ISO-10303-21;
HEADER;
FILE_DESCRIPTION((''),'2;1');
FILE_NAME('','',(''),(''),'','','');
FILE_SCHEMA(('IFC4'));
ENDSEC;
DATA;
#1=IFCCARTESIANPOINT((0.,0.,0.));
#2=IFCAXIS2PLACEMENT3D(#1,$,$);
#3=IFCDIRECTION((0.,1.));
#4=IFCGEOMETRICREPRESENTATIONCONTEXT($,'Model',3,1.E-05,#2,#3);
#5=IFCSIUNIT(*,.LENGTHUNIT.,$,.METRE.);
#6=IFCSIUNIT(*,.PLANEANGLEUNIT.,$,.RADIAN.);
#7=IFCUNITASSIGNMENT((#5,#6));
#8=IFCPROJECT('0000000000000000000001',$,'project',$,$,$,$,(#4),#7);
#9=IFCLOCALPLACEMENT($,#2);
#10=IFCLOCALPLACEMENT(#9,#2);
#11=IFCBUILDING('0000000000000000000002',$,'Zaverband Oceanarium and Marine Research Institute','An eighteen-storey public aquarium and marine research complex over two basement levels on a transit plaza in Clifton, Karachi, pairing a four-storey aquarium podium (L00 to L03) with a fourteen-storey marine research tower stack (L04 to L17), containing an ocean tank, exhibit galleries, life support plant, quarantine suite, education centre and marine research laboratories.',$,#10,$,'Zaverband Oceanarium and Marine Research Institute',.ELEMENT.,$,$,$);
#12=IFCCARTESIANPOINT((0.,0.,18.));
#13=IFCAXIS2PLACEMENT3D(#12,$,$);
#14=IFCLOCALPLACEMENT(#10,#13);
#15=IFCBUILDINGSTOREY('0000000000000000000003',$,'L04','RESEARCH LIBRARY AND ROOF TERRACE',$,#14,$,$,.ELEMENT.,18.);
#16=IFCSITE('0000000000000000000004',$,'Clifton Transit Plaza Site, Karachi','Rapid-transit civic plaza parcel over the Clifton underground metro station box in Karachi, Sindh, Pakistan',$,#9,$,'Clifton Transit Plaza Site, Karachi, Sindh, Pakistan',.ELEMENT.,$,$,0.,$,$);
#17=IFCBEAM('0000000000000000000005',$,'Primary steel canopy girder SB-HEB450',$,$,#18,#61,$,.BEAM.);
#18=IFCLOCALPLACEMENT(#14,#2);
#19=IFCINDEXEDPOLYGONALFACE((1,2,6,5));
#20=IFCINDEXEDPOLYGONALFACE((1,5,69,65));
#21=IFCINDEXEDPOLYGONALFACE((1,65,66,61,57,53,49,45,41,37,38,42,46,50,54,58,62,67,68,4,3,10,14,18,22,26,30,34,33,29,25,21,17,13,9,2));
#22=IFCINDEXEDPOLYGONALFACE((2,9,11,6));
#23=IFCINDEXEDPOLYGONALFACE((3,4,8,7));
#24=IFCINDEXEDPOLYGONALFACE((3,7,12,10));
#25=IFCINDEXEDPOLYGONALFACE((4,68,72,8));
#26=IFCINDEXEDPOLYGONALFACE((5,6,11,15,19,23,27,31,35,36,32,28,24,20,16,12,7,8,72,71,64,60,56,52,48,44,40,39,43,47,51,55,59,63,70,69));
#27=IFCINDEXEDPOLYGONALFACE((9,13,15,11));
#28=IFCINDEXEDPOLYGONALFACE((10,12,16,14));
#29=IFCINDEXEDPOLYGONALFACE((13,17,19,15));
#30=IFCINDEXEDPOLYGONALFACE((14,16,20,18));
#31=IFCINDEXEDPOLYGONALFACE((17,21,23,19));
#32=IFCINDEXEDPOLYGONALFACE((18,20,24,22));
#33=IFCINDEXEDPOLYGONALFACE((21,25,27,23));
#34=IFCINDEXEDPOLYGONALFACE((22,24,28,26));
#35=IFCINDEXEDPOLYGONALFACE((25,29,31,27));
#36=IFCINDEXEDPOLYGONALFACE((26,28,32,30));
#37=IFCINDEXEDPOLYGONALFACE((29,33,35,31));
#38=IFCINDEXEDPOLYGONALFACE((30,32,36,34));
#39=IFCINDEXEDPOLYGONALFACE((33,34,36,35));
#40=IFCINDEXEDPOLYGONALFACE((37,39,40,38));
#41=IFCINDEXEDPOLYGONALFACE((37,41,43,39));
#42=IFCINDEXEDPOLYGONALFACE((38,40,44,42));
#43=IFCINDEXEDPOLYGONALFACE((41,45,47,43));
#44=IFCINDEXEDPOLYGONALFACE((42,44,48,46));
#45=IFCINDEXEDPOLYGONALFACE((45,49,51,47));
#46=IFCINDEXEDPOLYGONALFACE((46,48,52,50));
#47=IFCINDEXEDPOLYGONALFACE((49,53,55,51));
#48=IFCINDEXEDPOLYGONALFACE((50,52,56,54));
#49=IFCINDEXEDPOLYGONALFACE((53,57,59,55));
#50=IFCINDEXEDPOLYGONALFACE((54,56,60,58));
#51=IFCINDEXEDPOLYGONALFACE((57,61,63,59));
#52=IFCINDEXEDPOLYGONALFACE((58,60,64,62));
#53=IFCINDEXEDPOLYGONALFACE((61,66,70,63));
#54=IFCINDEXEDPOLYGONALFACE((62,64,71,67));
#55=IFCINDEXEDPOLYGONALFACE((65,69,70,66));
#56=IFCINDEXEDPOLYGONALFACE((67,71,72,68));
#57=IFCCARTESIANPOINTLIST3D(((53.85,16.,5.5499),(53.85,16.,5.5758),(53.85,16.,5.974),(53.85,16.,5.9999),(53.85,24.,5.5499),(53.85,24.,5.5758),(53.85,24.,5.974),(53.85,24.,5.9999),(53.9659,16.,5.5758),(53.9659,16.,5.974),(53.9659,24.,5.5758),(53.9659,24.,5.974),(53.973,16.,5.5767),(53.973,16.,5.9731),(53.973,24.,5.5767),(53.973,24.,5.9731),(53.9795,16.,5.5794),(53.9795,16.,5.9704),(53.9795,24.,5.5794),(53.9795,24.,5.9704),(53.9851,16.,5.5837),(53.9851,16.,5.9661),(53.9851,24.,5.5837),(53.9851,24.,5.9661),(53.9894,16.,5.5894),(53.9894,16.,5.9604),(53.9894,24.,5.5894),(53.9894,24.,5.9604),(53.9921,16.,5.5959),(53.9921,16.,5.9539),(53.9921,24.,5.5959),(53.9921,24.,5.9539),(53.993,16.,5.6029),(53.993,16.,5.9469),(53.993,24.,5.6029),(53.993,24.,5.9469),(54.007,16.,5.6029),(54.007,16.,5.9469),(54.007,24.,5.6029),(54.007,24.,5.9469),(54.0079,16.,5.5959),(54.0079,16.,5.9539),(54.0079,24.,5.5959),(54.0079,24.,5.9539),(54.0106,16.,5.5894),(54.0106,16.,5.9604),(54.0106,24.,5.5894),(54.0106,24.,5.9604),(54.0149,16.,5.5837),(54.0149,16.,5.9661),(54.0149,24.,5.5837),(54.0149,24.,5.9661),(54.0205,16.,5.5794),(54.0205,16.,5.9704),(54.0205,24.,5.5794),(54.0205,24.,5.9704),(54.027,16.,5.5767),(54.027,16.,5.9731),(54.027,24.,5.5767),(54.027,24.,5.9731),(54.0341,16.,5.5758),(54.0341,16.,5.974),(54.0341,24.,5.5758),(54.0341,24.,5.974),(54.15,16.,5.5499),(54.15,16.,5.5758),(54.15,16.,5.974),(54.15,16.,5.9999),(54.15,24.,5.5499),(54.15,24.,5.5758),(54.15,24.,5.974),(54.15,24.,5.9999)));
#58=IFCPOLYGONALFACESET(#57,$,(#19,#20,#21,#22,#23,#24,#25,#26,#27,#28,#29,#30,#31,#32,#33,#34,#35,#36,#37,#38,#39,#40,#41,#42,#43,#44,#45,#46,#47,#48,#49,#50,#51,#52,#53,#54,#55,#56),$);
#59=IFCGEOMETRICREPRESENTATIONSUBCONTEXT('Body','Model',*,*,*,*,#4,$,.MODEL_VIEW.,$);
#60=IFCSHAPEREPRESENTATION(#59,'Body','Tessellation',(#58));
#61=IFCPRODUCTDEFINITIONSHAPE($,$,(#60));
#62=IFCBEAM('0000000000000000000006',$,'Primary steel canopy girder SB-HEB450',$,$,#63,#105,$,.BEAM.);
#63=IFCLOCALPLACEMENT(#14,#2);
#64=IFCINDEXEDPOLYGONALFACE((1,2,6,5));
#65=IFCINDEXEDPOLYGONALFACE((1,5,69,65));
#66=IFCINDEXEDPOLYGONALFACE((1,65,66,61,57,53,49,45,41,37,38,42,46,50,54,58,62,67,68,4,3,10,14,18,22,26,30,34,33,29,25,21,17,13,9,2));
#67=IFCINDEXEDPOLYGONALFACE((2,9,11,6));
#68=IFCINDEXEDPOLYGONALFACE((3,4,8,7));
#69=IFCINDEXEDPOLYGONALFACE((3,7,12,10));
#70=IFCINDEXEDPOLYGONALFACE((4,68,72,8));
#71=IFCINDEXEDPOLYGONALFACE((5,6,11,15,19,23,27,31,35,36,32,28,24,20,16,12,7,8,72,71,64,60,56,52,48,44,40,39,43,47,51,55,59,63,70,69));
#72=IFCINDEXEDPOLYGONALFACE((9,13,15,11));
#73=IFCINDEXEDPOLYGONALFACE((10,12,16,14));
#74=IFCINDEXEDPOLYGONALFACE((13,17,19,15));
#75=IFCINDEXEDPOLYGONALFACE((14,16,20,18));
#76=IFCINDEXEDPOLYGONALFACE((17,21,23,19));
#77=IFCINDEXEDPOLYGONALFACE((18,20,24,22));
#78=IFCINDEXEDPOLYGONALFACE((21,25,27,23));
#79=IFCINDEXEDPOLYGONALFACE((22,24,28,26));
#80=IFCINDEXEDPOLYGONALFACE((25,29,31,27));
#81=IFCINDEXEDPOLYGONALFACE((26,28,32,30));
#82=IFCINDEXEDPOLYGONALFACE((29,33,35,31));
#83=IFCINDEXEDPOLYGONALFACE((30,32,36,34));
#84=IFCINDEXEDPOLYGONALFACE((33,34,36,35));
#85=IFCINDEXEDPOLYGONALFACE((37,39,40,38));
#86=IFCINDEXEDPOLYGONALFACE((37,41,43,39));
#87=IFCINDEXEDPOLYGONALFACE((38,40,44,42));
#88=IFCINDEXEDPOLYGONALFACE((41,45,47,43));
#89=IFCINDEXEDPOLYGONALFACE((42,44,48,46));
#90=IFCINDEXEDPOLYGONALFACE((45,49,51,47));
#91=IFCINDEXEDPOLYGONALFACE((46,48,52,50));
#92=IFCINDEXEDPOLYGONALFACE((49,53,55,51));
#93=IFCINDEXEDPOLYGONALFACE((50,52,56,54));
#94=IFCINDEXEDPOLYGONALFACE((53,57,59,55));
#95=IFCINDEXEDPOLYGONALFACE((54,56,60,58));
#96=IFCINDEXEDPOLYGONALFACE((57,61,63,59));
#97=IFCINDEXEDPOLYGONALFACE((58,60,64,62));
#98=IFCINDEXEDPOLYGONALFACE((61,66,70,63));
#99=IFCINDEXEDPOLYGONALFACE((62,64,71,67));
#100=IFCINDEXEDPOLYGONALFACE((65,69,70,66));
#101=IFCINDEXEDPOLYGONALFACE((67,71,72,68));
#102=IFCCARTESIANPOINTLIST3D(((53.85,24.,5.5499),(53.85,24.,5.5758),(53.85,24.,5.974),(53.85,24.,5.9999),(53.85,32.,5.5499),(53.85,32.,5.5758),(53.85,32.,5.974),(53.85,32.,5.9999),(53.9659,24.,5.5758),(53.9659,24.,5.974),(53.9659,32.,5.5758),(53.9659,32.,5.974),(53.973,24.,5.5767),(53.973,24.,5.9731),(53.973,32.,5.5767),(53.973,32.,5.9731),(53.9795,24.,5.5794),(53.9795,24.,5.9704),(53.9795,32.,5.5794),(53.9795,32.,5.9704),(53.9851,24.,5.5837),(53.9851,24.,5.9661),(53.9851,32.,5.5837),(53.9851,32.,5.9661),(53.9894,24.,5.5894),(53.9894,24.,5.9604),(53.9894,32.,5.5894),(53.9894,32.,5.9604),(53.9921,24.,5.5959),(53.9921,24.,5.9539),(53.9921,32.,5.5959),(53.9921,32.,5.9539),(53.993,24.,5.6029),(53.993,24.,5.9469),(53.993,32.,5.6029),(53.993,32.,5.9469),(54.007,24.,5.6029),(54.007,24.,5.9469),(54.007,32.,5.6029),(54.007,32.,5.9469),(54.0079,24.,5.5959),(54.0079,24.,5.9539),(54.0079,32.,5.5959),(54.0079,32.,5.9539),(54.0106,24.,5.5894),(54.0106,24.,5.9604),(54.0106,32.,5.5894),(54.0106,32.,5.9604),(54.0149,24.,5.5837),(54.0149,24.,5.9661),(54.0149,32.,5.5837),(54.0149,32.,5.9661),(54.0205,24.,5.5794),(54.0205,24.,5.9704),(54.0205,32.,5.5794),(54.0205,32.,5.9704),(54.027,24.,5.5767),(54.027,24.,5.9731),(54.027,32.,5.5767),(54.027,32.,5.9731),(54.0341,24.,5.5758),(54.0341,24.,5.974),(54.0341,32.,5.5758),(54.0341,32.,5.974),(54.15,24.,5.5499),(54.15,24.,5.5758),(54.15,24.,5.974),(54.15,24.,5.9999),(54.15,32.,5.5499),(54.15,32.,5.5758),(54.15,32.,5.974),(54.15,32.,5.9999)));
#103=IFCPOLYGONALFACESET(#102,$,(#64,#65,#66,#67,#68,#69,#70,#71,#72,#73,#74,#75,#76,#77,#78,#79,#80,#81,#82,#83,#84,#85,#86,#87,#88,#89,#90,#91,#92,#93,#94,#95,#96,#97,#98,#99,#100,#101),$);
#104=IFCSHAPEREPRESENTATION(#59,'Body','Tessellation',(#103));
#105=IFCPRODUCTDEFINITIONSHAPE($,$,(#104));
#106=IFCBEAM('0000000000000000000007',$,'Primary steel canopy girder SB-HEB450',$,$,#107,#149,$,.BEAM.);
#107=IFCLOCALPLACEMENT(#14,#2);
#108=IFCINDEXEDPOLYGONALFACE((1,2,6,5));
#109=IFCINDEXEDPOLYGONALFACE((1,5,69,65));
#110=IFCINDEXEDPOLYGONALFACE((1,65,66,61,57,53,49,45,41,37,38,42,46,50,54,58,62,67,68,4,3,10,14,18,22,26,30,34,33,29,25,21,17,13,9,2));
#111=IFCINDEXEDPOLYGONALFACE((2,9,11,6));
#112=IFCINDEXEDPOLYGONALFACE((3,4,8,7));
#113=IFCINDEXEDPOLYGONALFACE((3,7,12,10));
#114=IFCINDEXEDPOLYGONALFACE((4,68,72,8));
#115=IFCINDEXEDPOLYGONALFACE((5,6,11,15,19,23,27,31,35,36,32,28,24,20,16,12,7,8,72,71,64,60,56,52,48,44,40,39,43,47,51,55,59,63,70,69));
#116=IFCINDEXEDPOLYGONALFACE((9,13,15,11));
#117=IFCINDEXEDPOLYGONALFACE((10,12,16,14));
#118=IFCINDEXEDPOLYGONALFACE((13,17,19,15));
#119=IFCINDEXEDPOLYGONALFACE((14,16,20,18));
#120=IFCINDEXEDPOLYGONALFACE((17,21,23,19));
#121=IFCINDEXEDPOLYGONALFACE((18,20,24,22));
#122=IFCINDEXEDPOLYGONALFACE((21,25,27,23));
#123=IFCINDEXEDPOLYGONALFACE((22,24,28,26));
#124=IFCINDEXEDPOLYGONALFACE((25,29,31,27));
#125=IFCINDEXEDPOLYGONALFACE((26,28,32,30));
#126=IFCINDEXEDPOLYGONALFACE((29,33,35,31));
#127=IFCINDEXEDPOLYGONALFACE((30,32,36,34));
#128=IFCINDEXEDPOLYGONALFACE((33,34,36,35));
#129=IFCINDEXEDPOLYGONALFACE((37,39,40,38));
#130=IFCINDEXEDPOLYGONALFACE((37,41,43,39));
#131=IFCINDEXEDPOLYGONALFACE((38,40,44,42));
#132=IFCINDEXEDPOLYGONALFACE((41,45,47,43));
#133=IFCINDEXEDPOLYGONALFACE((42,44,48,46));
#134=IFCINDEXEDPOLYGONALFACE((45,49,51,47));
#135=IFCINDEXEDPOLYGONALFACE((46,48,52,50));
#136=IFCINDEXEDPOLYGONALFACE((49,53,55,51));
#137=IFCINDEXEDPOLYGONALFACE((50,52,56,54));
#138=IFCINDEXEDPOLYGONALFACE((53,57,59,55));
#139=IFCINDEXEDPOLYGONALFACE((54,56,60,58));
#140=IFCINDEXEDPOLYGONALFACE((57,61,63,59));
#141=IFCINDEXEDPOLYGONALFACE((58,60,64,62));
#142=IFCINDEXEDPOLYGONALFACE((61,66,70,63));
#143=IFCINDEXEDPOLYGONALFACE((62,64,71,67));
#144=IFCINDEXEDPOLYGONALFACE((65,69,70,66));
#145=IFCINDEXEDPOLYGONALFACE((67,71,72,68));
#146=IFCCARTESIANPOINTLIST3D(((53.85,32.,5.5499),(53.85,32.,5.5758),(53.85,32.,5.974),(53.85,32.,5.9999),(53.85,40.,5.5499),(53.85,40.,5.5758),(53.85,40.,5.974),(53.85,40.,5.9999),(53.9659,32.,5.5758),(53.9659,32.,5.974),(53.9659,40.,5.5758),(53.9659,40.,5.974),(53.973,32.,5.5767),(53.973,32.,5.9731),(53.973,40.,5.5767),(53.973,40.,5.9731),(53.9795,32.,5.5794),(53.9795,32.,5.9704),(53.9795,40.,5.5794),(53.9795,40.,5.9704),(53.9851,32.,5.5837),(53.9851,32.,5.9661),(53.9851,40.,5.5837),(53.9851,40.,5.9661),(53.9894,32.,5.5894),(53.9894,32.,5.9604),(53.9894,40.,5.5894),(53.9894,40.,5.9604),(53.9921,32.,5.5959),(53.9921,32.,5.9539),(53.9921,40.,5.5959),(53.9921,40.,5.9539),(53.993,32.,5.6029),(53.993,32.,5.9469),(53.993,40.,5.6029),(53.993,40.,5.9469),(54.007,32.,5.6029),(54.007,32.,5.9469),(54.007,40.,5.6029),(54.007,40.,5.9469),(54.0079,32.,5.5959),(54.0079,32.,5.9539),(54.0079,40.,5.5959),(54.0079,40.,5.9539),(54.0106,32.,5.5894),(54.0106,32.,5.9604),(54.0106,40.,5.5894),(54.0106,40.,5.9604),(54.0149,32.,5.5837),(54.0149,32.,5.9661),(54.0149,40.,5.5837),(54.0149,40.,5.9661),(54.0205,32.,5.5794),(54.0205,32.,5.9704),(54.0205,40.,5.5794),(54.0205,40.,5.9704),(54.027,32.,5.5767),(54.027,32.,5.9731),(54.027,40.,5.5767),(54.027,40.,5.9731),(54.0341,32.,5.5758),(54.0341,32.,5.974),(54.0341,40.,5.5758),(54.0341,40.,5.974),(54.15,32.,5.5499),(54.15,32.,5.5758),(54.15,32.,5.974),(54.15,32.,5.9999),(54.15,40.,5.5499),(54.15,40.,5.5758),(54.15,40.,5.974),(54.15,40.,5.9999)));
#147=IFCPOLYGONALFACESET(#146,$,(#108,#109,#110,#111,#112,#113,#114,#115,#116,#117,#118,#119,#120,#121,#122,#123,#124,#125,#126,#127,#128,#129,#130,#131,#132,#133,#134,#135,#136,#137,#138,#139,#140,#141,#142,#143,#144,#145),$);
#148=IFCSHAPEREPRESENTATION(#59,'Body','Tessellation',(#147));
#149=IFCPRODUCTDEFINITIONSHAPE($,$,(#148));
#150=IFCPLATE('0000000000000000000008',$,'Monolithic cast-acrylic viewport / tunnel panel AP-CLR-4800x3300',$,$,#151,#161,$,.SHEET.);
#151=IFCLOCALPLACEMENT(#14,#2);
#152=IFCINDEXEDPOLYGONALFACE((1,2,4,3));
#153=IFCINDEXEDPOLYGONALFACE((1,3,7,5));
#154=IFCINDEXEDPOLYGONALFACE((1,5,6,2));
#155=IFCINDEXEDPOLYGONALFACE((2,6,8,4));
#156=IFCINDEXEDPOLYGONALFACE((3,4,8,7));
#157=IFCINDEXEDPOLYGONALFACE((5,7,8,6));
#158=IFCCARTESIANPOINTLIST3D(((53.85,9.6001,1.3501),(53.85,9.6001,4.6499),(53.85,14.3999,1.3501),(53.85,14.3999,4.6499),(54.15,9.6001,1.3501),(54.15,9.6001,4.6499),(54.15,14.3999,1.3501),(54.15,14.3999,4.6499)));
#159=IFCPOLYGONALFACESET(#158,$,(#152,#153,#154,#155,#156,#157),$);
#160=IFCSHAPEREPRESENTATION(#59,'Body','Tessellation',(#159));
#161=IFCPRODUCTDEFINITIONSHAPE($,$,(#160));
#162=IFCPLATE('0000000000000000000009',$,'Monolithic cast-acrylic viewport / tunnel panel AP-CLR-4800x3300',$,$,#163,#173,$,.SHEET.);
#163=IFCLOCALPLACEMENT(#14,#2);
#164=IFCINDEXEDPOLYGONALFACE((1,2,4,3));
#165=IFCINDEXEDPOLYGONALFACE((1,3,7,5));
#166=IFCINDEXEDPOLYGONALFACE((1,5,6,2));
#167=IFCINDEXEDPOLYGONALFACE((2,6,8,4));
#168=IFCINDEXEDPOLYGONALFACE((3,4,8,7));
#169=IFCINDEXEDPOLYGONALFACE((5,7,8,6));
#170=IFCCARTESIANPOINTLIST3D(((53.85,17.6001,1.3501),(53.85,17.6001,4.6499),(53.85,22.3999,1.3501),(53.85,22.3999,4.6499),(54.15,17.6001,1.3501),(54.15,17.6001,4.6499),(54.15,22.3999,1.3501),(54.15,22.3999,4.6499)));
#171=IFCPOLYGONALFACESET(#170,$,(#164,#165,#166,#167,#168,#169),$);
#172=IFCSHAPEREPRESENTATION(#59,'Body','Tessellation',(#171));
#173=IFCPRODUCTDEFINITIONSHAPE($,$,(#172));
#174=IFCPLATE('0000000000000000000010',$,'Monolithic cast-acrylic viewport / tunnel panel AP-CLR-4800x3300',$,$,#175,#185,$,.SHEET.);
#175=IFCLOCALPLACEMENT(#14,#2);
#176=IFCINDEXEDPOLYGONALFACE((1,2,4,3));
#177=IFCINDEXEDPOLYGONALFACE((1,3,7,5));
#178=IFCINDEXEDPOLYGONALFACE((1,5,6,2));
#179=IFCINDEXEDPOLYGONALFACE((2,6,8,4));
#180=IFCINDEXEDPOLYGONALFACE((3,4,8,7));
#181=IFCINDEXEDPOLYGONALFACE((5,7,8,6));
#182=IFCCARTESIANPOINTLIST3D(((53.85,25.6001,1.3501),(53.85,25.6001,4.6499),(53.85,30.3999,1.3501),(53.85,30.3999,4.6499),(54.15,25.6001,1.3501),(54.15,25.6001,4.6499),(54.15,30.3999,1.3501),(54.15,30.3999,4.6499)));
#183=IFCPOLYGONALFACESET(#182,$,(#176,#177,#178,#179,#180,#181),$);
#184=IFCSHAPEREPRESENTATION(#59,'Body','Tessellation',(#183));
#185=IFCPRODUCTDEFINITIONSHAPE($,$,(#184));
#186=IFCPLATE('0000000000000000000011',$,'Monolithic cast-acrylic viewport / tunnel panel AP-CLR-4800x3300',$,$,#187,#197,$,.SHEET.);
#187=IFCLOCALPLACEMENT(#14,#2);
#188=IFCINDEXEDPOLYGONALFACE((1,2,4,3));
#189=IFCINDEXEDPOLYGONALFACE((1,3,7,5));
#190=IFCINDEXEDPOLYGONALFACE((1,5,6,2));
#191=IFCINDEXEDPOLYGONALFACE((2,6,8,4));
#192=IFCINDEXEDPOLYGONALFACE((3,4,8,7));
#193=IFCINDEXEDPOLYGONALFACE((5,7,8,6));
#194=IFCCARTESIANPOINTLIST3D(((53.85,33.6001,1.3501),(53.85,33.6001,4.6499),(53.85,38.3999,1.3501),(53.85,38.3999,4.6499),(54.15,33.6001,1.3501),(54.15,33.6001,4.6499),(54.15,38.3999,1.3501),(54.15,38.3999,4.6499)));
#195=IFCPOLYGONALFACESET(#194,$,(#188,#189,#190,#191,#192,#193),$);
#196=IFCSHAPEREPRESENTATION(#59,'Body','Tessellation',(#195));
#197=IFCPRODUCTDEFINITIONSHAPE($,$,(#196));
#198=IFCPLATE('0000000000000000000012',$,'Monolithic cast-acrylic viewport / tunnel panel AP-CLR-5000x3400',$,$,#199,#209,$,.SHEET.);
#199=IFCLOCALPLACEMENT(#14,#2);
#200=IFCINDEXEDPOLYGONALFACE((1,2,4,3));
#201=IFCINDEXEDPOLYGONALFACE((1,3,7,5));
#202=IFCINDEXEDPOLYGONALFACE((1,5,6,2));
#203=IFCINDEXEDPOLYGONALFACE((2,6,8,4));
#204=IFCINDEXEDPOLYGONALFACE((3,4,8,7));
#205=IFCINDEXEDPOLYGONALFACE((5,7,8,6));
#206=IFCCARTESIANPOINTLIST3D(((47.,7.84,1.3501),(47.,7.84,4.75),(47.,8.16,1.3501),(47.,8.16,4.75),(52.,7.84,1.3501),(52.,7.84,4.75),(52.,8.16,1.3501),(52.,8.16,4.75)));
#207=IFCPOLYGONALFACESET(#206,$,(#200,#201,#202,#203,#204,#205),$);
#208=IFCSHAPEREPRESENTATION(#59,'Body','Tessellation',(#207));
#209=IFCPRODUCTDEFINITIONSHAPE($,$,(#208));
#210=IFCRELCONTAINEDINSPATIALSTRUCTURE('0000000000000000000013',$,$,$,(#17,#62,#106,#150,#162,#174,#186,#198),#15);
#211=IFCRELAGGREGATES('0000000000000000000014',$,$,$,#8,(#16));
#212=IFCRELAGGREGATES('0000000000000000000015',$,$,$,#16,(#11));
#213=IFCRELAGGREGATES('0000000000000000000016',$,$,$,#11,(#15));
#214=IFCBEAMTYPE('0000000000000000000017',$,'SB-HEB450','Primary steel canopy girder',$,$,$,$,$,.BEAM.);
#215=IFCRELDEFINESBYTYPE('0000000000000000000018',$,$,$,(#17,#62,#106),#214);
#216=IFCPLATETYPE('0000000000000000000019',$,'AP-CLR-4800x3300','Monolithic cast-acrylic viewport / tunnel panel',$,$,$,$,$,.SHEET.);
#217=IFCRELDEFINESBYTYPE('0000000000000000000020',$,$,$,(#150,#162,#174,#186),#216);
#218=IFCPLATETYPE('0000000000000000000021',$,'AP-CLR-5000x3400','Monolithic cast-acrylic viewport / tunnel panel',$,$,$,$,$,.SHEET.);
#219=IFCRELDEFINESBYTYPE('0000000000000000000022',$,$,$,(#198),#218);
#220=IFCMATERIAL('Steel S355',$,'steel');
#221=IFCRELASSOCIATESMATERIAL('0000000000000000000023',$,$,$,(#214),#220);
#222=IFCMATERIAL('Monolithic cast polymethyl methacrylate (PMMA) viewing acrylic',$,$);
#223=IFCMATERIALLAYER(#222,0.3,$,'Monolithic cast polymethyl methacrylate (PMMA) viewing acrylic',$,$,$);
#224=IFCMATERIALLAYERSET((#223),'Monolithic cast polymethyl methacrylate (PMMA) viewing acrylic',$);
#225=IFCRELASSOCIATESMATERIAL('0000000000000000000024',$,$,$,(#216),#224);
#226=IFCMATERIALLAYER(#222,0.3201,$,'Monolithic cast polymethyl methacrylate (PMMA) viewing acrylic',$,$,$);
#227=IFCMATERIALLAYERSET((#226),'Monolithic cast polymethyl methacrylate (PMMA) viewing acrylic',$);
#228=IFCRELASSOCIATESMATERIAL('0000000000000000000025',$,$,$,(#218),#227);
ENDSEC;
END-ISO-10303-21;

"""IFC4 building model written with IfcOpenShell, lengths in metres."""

from ifc_helpers import new_model, si_unit, direction, frame, frame_2d, origin, origin_2d, place, context, subcontext, project, spatial, rectangle, i_section, extrude, material, layer, layer_set, material_profile, profile_set, type_object, element, save


model = new_model("IFC4")

# Units and contexts
model_context = context("Model", 3, precision=1e-05, world=origin(), true_north=direction((0.0, 1.0)))
body_context = subcontext(model_context, "Body", "Model", "MODEL_VIEW")
ifc_project = project(units=[si_unit("LENGTHUNIT", "METRE"), si_unit("PLANEANGLEUNIT", "RADIAN")], contexts=[model_context])

# Site, building, storey
site_placement = place(None, origin())
site = spatial("IfcSite", under=ifc_project, at=site_placement, Name="Clifton Transit Plaza Site, Karachi", Description="Rapid-transit civic plaza parcel over the Clifton underground metro station box in Karachi, Sindh, Pakistan", LongName="Clifton Transit Plaza Site, Karachi, Sindh, Pakistan", CompositionType="ELEMENT", RefElevation=0.0)
building_placement = place(site_placement, origin())
building = spatial("IfcBuilding", under=site, at=building_placement, Name="Zaverband Oceanarium and Marine Research Institute", Description="An eighteen-storey public aquarium and marine research complex over two basement levels on a transit plaza in Clifton, Karachi, pairing a four-storey aquarium podium (L00 to L03) with a fourteen-storey marine research tower stack (L04 to L17), containing an ocean tank, exhibit galleries, life support plant, quarantine suite, education centre and marine research laboratories.", LongName="Zaverband Oceanarium and Marine Research Institute", CompositionType="ELEMENT")
storey_placement = place(building_placement, frame((0.0, 0.0, 18.0)))
storey = spatial("IfcBuildingStorey", under=building, at=storey_placement, Name="L04", Description="RESEARCH LIBRARY AND ROOF TERRACE", CompositionType="ELEMENT", Elevation=18.0)

# Beams
ifc_material_1 = material(Name="Steel S355", Category="steel")
ifc_material_profile_1 = material_profile(ifc_material_1, i_section(OverallWidth=0.3, OverallDepth=0.45, WebThickness=0.0139, FlangeThickness=0.0259, FilletRadius=0.0271, at=origin_2d()), Name="HEB450")
ifc_profile_set_1 = profile_set([ifc_material_profile_1], Name="Steel S355")
beam_type = type_object("IfcBeamType", Name="SB-HEB450", Description="Primary steel canopy girder", PredefinedType="BEAM", material=ifc_profile_set_1)
for number, where, z_axis, x_axis, name in (
    (1, (54.0, 16.0, 5.7749), (0.0, 1.0, 0.0), (-1.0, 0.0, 0.0), "Primary steel canopy girder SB-HEB450"),
    (2, (54.0, 24.0, 5.7749), (0.0, 1.0, 0.0), (-1.0, 0.0, 0.0), "Primary steel canopy girder SB-HEB450"),
    (3, (54.0, 32.0, 5.7749), (0.0, 1.0, 0.0), (-1.0, 0.0, 0.0), "Primary steel canopy girder SB-HEB450"),
):
    element("IfcBeam", number, at=place(storey_placement, frame(where, z_axis=z_axis, x_axis=x_axis)), inside=storey, type_object=beam_type, Name=name, PredefinedType="BEAM", context=body_context, shape_type="SweptSolid", body=[
        extrude(i_section(OverallWidth=0.3, OverallDepth=0.45, WebThickness=0.0139, FlangeThickness=0.0259, FilletRadius=0.0271, at=origin_2d()), origin(), (0.0, 0.0, 1.0), 8.0),
    ])

# Plates
ifc_material_2 = material(Name="Monolithic cast polymethyl methacrylate (PMMA) viewing acrylic")
ifc_layer_1 = layer(ifc_material_2, 0.3, Name="Monolithic cast polymethyl methacrylate (PMMA) viewing acrylic")
ifc_layer_set_1 = layer_set([ifc_layer_1], Name="Monolithic cast polymethyl methacrylate (PMMA) viewing acrylic")
plate_type_1 = type_object("IfcPlateType", Name="AP-CLR-4800x3300", Description="Monolithic cast-acrylic viewport / tunnel panel", PredefinedType="SHEET", material=ifc_layer_set_1)
for number, where, z_axis, x_axis, name in (
    (4, (54.0, 9.6001, 1.3501), (0.0, 0.0, 1.0), (0.0, 1.0, 0.0), "Monolithic cast-acrylic viewport / tunnel panel AP-CLR-4800x3300"),
    (5, (54.0, 17.6001, 1.3501), (0.0, 0.0, 1.0), (0.0, 1.0, 0.0), "Monolithic cast-acrylic viewport / tunnel panel AP-CLR-4800x3300"),
    (6, (54.0, 25.6001, 1.3501), (0.0, 0.0, 1.0), (0.0, 1.0, 0.0), "Monolithic cast-acrylic viewport / tunnel panel AP-CLR-4800x3300"),
    (7, (54.0, 33.6001, 1.3501), (0.0, 0.0, 1.0), (0.0, 1.0, 0.0), "Monolithic cast-acrylic viewport / tunnel panel AP-CLR-4800x3300"),
):
    element("IfcPlate", number, at=place(storey_placement, frame(where, z_axis=z_axis, x_axis=x_axis)), inside=storey, type_object=plate_type_1, Name=name, PredefinedType="SHEET", context=body_context, shape_type="SweptSolid", body=[
        extrude(rectangle(XDim=4.7998, YDim=0.3, at=frame_2d((2.3999, 0.0))), origin(), (0.0, 0.0, 1.0), 3.2998),
    ])
ifc_layer_2 = layer(ifc_material_2, 0.3201, Name="Monolithic cast polymethyl methacrylate (PMMA) viewing acrylic")
ifc_layer_set_2 = layer_set([ifc_layer_2], Name="Monolithic cast polymethyl methacrylate (PMMA) viewing acrylic")
plate_type_2 = type_object("IfcPlateType", Name="AP-CLR-5000x3400", Description="Monolithic cast-acrylic viewport / tunnel panel", PredefinedType="SHEET", material=ifc_layer_set_2)
plate_1_placement = place(storey_placement, frame((47.0, 8.0, 1.3501), z_axis=(0.0, 0.0, 1.0), x_axis=(1.0, 0.0, 0.0)))
element("IfcPlate", 8, at=plate_1_placement, inside=storey, type_object=plate_type_2, Name="Monolithic cast-acrylic viewport / tunnel panel AP-CLR-5000x3400", PredefinedType="SHEET", context=body_context, shape_type="SweptSolid", body=[
    extrude(rectangle(XDim=5.0, YDim=0.3201, at=frame_2d((2.5, 0.0))), origin(), (0.0, 0.0, 1.0), 3.3999),
])

save(model, "model.ifc")
